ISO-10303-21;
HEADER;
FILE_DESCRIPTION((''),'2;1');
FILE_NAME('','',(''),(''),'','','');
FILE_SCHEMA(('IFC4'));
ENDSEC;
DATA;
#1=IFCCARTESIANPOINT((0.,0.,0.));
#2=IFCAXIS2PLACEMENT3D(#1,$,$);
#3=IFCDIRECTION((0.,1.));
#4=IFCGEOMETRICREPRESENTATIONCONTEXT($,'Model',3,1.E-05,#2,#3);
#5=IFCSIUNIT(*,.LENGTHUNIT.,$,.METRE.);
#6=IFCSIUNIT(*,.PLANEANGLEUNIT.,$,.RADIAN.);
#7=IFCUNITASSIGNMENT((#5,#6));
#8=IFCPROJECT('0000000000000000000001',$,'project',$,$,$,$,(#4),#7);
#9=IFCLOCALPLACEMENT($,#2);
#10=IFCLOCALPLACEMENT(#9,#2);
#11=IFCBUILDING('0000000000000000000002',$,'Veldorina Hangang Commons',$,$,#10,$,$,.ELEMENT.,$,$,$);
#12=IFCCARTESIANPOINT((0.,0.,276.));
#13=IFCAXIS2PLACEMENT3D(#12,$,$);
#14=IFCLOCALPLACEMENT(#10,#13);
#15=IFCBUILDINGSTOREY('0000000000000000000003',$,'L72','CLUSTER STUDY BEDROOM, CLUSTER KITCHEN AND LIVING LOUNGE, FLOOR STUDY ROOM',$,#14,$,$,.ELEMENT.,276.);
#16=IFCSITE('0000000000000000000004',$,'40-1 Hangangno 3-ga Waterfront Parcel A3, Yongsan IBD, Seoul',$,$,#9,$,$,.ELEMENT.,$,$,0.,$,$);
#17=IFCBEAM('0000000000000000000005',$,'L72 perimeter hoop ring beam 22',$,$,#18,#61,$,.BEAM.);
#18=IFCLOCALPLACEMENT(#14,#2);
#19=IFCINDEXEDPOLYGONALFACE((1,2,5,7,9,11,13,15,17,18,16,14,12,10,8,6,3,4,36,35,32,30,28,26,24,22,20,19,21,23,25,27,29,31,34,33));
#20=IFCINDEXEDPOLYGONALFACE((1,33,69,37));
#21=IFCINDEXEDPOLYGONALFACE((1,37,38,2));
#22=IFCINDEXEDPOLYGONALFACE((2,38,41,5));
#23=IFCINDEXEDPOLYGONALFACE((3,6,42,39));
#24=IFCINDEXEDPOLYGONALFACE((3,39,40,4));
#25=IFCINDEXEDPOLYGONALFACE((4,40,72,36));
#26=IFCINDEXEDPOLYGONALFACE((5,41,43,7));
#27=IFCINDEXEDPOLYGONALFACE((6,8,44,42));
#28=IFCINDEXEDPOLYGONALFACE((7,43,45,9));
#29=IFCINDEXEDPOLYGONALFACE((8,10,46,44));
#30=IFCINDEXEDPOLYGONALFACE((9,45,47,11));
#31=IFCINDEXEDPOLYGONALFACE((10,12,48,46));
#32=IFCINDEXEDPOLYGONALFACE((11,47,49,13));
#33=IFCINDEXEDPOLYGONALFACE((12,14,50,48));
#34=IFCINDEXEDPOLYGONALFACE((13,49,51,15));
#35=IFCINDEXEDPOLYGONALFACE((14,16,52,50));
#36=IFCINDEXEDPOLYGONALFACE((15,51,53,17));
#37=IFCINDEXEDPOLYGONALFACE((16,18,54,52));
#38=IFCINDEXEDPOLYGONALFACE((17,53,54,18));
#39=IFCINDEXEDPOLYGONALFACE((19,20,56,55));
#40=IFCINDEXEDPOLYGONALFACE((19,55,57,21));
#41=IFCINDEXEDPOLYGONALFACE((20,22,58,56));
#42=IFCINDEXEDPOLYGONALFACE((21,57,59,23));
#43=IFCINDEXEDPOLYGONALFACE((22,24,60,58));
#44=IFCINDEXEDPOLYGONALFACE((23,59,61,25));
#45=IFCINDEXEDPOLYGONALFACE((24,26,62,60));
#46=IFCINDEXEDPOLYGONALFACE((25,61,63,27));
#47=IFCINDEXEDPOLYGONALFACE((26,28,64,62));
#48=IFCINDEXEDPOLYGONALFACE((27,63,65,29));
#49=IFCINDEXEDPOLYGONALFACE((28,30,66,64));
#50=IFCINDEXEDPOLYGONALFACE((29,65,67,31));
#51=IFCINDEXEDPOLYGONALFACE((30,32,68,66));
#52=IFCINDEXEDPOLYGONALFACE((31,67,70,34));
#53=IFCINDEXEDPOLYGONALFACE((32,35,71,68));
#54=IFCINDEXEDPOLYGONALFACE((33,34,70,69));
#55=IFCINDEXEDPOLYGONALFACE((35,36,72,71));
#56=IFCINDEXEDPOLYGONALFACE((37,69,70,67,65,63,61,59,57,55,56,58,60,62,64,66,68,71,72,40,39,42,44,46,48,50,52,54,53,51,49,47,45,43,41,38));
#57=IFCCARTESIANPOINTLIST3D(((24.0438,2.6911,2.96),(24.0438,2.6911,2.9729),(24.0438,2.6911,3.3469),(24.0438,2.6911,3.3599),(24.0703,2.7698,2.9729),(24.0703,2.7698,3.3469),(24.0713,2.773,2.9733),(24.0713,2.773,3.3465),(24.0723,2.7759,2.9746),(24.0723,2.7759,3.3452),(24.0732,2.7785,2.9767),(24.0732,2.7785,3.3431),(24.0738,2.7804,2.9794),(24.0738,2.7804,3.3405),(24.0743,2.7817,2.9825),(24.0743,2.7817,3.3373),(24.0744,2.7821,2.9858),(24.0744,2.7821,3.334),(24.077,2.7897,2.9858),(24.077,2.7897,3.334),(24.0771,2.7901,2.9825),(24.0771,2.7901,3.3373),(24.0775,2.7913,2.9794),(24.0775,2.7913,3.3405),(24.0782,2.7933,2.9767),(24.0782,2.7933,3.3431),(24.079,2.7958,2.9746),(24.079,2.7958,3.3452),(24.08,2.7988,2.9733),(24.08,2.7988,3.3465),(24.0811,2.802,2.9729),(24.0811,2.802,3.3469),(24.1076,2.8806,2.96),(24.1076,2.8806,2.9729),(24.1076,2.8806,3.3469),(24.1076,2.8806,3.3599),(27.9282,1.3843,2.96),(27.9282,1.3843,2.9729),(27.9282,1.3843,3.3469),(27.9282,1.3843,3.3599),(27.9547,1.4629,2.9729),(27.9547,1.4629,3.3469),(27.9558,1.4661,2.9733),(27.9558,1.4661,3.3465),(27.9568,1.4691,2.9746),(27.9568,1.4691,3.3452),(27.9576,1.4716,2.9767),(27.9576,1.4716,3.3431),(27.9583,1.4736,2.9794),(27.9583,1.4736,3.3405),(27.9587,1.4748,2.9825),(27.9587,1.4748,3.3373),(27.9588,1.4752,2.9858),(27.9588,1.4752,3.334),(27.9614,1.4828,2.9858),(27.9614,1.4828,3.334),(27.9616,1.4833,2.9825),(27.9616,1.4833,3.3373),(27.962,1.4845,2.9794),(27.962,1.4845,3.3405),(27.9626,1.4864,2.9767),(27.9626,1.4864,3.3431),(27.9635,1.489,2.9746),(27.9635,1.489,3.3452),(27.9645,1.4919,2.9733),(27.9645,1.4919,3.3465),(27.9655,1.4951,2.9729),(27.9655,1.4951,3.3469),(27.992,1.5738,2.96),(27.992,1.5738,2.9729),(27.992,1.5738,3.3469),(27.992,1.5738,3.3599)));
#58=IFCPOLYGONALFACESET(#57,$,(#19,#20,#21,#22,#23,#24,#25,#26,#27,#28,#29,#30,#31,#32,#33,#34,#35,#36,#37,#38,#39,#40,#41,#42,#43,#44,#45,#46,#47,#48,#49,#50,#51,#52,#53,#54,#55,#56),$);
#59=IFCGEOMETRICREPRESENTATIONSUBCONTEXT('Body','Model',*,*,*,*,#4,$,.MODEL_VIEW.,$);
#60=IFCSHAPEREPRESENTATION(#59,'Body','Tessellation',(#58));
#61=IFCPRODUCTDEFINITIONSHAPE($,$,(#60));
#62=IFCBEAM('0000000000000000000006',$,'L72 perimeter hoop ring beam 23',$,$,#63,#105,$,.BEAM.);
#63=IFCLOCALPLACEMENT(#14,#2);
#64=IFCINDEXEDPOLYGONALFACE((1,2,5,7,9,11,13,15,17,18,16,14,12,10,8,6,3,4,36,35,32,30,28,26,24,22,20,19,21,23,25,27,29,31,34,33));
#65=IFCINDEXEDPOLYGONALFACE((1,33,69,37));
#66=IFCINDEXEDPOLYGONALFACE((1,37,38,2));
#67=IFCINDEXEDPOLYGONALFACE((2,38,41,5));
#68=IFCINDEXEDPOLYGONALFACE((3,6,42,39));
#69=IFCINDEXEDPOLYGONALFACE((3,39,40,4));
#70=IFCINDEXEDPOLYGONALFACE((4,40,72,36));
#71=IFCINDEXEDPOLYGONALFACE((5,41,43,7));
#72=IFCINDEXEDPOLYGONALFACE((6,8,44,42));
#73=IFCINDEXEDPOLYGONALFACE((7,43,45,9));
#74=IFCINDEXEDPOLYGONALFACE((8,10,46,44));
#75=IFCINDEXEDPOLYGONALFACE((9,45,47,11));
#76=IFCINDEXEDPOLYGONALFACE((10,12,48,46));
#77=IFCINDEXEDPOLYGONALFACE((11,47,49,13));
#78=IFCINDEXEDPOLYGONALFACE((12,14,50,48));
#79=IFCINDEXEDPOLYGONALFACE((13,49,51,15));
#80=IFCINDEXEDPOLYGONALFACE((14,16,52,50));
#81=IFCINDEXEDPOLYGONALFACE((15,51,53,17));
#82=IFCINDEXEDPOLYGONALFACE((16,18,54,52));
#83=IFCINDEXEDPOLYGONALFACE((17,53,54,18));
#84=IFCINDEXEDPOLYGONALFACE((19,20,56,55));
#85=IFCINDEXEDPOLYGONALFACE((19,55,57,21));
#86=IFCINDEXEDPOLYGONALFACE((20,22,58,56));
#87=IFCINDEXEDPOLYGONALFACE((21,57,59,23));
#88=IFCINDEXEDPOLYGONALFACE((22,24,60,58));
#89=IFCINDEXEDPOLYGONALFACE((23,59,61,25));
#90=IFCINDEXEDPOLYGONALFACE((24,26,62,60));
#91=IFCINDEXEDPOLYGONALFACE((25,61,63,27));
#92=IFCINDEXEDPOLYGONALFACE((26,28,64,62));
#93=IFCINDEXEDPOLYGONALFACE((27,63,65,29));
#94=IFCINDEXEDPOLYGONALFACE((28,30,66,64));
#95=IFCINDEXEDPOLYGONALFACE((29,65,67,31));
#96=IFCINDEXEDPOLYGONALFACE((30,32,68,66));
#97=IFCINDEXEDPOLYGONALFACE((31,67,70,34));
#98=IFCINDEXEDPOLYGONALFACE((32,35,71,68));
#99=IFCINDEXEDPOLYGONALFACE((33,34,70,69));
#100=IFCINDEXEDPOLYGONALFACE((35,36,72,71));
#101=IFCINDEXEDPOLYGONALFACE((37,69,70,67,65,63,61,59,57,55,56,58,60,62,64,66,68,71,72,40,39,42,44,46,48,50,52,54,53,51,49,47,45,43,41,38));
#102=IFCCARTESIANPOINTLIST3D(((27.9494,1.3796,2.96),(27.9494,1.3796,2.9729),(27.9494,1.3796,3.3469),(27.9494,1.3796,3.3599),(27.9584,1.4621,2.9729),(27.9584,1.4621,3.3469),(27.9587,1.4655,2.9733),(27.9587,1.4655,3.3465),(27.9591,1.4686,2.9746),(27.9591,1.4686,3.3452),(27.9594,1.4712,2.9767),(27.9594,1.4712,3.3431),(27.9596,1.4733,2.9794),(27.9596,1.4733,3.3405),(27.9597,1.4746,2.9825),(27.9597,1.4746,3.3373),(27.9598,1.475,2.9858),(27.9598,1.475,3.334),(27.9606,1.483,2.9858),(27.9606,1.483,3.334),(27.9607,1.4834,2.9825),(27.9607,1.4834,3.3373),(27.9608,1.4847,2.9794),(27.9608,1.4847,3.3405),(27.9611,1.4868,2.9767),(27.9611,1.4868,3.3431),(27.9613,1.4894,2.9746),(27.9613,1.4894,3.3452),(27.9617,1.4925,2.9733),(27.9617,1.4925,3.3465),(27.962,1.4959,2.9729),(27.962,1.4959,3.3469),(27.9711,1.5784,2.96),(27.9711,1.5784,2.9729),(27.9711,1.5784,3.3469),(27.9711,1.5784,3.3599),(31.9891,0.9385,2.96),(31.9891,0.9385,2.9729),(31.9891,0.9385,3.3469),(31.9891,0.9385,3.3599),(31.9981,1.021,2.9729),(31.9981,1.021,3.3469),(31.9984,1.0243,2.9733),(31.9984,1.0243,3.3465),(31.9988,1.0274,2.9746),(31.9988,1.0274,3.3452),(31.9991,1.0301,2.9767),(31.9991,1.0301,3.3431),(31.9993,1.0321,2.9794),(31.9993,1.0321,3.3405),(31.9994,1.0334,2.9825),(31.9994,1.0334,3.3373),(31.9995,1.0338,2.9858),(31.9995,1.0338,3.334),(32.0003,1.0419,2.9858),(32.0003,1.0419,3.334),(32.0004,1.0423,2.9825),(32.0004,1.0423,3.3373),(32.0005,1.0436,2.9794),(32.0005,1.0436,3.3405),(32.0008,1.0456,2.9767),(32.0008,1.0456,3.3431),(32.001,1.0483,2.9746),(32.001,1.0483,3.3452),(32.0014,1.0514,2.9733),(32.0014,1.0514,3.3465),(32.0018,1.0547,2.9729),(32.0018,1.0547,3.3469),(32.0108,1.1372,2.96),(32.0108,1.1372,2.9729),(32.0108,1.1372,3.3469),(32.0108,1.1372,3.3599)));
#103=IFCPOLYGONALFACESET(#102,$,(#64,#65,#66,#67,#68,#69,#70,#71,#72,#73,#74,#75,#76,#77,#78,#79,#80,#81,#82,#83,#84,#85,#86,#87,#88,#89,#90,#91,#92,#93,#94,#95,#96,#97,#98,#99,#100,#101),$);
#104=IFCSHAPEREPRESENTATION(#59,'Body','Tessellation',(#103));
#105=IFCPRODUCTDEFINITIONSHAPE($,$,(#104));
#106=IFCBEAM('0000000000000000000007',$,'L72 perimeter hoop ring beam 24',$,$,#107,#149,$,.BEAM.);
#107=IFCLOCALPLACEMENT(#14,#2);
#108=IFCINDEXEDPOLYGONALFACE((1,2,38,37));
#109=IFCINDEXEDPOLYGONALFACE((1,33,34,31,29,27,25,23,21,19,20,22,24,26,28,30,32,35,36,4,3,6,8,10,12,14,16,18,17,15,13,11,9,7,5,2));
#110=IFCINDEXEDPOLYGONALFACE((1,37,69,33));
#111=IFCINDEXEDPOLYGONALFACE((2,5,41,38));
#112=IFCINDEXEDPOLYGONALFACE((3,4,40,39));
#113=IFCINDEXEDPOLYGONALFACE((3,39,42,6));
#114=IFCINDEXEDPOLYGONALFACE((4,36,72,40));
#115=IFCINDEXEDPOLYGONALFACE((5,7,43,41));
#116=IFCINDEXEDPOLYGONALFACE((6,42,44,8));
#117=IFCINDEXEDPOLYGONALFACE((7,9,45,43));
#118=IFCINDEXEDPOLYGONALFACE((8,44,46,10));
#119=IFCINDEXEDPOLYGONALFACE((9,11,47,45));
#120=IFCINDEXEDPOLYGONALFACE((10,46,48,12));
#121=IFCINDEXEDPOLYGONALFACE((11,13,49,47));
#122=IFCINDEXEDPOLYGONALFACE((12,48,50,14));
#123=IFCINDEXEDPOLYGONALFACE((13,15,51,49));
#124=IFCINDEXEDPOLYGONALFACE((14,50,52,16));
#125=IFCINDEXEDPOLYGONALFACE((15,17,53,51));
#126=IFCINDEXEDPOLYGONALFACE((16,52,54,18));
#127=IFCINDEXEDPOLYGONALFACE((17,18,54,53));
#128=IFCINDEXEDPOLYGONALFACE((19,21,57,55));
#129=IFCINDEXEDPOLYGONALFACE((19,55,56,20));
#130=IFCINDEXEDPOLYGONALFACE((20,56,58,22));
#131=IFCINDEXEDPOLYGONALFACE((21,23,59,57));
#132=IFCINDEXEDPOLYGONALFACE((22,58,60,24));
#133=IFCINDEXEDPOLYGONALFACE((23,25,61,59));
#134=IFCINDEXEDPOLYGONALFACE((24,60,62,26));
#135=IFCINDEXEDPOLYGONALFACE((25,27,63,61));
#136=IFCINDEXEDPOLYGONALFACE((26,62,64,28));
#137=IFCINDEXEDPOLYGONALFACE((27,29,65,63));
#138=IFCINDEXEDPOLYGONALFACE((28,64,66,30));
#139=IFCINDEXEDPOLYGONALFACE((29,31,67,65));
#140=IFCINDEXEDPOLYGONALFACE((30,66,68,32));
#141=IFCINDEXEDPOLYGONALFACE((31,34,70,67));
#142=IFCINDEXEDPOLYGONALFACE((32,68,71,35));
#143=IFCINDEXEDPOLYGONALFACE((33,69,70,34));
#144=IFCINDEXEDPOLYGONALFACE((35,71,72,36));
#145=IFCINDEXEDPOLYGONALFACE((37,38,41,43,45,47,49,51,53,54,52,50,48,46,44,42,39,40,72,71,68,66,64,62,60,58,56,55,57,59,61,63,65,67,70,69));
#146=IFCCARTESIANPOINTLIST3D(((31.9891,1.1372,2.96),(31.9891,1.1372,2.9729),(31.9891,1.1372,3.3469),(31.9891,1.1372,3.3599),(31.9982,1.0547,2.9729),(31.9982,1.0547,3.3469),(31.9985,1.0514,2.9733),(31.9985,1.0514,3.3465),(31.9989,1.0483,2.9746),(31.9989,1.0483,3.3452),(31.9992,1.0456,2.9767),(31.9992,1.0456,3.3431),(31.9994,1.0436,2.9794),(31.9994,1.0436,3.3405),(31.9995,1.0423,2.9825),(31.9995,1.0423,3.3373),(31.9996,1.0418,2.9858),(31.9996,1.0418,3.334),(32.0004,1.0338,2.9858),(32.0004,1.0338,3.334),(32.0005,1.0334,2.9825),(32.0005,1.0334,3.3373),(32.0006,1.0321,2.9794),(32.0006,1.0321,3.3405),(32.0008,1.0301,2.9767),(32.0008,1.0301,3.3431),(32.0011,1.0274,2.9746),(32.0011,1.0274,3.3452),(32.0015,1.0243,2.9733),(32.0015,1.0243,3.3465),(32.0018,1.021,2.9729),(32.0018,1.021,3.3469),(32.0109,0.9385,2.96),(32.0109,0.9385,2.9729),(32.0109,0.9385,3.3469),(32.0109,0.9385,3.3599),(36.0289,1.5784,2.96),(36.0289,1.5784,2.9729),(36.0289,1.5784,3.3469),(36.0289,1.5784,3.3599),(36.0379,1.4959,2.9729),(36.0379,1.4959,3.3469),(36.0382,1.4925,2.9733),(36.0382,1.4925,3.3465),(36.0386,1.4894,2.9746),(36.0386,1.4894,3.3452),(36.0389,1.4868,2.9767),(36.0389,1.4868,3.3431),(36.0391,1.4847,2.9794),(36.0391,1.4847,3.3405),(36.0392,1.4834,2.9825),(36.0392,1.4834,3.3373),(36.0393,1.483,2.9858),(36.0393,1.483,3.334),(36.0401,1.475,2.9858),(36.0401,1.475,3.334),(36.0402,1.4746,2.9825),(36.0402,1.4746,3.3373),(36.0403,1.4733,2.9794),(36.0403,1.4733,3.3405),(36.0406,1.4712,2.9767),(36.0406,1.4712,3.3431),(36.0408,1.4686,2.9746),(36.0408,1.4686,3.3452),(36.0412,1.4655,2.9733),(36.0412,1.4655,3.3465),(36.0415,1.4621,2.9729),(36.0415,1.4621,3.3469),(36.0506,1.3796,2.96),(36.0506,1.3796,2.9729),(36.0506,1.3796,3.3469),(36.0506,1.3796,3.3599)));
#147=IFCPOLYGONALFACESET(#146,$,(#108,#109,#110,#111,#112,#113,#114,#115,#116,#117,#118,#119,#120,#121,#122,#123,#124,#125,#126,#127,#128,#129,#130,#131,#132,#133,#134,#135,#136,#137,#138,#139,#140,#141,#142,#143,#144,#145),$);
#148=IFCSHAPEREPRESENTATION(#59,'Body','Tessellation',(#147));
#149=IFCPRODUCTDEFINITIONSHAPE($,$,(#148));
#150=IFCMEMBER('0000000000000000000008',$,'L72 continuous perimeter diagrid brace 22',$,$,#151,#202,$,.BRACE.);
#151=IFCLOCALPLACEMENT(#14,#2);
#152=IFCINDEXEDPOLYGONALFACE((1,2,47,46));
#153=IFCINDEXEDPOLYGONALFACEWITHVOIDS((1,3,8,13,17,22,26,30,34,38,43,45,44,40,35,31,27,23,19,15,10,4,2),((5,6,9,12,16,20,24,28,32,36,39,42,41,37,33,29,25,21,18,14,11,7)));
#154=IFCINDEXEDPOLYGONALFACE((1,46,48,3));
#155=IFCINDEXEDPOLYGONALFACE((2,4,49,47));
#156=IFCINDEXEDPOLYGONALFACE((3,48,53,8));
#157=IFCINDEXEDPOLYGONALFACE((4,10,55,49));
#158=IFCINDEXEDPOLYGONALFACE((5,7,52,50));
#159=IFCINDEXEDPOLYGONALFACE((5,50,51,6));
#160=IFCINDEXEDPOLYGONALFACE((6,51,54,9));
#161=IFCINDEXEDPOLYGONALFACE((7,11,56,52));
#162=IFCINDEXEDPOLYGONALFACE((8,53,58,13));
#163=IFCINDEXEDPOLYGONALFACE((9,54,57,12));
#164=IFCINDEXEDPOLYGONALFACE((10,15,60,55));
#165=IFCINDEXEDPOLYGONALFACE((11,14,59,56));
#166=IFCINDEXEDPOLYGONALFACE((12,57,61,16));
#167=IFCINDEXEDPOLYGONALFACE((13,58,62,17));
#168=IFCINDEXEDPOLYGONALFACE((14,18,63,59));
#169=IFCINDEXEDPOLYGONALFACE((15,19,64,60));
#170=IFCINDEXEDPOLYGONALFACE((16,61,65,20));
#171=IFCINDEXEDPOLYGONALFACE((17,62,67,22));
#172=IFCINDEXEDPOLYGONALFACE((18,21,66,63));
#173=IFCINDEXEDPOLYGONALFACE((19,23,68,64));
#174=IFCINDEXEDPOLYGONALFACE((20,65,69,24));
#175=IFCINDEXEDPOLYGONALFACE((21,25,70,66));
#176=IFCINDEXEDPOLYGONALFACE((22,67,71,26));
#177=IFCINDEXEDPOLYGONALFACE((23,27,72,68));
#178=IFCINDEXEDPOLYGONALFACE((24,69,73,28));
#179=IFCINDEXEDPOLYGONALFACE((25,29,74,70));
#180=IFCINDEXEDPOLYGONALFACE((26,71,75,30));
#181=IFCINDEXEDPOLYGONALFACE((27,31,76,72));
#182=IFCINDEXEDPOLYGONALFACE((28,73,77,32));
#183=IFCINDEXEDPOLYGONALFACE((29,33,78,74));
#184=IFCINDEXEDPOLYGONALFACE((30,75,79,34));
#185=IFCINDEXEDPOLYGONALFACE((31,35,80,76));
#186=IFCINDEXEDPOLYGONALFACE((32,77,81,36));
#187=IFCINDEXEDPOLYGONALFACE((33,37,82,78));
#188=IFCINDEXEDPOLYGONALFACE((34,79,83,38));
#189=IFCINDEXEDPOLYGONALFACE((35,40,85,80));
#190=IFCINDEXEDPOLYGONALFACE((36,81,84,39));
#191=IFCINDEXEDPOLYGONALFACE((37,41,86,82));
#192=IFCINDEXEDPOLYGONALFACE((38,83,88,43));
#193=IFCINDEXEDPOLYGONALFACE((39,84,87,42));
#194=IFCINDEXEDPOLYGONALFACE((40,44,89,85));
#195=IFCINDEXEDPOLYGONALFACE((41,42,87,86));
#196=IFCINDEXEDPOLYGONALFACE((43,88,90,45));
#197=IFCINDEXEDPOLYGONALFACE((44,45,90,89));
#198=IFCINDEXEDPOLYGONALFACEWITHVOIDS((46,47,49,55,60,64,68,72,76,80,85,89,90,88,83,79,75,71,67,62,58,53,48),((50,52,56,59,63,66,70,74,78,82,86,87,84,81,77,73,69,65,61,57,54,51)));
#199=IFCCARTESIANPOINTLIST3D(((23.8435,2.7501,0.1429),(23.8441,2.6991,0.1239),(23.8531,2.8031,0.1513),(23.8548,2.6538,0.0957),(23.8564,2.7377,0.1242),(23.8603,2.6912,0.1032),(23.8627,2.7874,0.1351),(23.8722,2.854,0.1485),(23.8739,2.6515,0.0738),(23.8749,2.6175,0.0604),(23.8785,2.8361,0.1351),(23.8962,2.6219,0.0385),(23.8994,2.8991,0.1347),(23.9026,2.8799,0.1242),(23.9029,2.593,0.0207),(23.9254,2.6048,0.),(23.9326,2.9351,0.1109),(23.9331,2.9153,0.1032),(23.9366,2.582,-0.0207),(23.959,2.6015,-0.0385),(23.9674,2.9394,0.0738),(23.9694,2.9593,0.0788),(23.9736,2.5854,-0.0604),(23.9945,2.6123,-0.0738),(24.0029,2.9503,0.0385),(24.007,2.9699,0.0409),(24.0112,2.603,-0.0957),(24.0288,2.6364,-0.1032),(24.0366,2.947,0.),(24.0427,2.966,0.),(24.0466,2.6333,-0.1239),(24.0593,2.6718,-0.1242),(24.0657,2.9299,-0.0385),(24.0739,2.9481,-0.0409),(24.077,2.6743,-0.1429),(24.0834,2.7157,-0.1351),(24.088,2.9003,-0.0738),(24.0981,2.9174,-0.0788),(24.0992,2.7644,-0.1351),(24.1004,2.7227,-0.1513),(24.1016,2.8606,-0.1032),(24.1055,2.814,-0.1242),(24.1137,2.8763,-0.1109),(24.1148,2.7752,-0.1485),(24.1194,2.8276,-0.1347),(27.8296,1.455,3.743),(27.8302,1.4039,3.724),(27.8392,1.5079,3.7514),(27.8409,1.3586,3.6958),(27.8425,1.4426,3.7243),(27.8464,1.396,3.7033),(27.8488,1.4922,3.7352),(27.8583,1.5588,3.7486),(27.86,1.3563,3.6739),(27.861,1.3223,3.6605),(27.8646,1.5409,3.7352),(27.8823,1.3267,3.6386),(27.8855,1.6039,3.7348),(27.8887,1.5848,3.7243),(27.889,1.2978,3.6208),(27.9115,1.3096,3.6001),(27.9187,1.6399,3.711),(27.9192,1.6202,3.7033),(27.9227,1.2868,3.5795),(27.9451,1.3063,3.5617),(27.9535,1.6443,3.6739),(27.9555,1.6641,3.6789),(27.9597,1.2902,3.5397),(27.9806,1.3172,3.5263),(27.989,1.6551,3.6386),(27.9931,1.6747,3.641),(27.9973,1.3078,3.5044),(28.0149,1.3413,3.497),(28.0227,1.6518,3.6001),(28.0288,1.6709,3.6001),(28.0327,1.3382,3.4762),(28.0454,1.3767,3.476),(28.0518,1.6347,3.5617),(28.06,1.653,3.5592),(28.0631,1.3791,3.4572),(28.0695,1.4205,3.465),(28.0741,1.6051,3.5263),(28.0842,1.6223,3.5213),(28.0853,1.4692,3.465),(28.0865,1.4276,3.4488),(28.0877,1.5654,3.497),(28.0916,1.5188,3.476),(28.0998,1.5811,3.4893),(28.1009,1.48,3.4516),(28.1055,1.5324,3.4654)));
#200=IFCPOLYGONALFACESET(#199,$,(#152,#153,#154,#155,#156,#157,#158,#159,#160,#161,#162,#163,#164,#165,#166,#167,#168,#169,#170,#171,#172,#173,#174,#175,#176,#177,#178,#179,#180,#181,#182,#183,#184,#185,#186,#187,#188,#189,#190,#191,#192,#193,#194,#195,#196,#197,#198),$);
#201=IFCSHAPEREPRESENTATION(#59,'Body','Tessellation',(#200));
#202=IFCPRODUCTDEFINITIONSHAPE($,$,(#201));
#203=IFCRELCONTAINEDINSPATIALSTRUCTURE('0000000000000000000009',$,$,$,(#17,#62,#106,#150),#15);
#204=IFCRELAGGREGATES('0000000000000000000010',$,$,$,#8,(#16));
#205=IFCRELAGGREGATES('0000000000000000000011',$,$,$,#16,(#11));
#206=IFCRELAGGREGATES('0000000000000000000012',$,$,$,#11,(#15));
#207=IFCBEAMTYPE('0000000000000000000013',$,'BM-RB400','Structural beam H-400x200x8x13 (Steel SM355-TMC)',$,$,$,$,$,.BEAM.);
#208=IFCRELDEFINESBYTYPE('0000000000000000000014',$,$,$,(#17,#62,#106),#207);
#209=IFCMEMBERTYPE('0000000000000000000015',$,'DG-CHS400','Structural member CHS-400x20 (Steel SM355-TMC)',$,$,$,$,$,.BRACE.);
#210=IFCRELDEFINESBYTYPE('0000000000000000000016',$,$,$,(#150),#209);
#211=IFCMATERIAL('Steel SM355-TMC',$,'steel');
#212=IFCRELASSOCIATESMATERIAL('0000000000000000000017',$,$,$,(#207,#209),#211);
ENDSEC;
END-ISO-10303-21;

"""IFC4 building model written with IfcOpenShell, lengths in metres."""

from ifc_helpers import new_model, si_unit, direction, frame, origin, origin_2d, place, context, subcontext, project, spatial, hollow_circle, i_section, extrude, material, material_profile, profile_set, type_object, element, save


model = new_model("IFC4")

# Units and contexts
model_context = context("Model", 3, precision=1e-05, world=origin(), true_north=direction((0.0, 1.0)))
body_context = subcontext(model_context, "Body", "Model", "MODEL_VIEW")
ifc_project = project(units=[si_unit("LENGTHUNIT", "METRE"), si_unit("PLANEANGLEUNIT", "RADIAN")], contexts=[model_context])

# Site, building, storey
site_placement = place(None, origin())
site = spatial("IfcSite", under=ifc_project, at=site_placement, Name="40-1 Hangangno 3-ga Waterfront Parcel A3, Yongsan IBD, Seoul", CompositionType="ELEMENT", RefElevation=0.0)
building_placement = place(site_placement, origin())
building = spatial("IfcBuilding", under=site, at=building_placement, Name="Veldorina Hangang Commons", CompositionType="ELEMENT")
storey_placement = place(building_placement, frame((0.0, 0.0, 276.0)))
storey = spatial("IfcBuildingStorey", under=building, at=storey_placement, Name="L72", Description="CLUSTER STUDY BEDROOM, CLUSTER KITCHEN AND LIVING LOUNGE, FLOOR STUDY ROOM", CompositionType="ELEMENT", Elevation=276.0)

# Beams
ifc_material_1 = material(Name="Steel SM355-TMC", Category="steel")
ifc_material_profile_1 = material_profile(ifc_material_1, i_section(OverallWidth=0.2, OverallDepth=0.3999, WebThickness=0.0081, FlangeThickness=0.0129, FilletRadius=0.0129, at=origin_2d()), Name="H-400x200x8x13")
ifc_profile_set_1 = profile_set([ifc_material_profile_1], Name="Steel SM355-TMC")
beam_type = type_object("IfcBeamType", Name="BM-RB400", Description="Structural beam H-400x200x8x13 (Steel SM355-TMC)", PredefinedType="BEAM", material=ifc_profile_set_1)
beam_placement = place(storey_placement, frame((24.0757, 2.7859, 3.1599), z_axis=(0.947798, -0.318871, 0.0), x_axis=(0.318871, 0.947798, 0.0)))
element("IfcBeam", 1, at=beam_placement, inside=storey, type_object=beam_type, Name="L72 perimeter hoop ring beam 22", PredefinedType="BEAM", context=body_context, shape_type="SweptSolid", body=[
    extrude(i_section(OverallWidth=0.2, OverallDepth=0.3999, WebThickness=0.0081, FlangeThickness=0.0129, FilletRadius=0.0129, at=origin_2d()), origin(), (0.0, 0.0, 1.0), 4.0984),
])
for number, where, z_axis, x_axis, name in (
    (2, (27.9602, 1.479, 3.1599), (0.99409, -0.108559, 0.0), (0.108559, 0.99409, 0.0), "L72 perimeter hoop ring beam 23"),
    (3, (32.0, 1.0378, 3.1599), (0.99409, 0.108559, 0.0), (-0.108559, 0.99409, 0.0), "L72 perimeter hoop ring beam 24"),
):
    element("IfcBeam", number, at=place(storey_placement, frame(where, z_axis=z_axis, x_axis=x_axis)), inside=storey, type_object=beam_type, Name=name, PredefinedType="BEAM", context=body_context, shape_type="SweptSolid", body=[
        extrude(i_section(OverallWidth=0.2, OverallDepth=0.3999, WebThickness=0.0081, FlangeThickness=0.0129, FilletRadius=0.0129, at=origin_2d()), origin(), (0.0, 0.0, 1.0), 4.0637),
    ])

# Member
ifc_material_profile_2 = material_profile(ifc_material_1, hollow_circle(Radius=0.2, WallThickness=0.02, at=origin_2d()), Name="CHS-400x20")
ifc_profile_set_2 = profile_set([ifc_material_profile_2], Name="Steel SM355-TMC")
member_type_1 = type_object("IfcMemberType", Name="DG-CHS400", Description="Structural member CHS-400x20 (Steel SM355-TMC)", PredefinedType="BRACE", material=ifc_profile_set_2)
member_1_placement = place(storey_placement, frame((23.981, 2.7759, 0.0), z_axis=(0.721447, -0.234414, 0.651586), x_axis=(0.309019, 0.951056, 0.0)))
element("IfcMember", 4, at=member_1_placement, inside=storey, type_object=member_type_1, Name="L72 continuous perimeter diagrid brace 22", PredefinedType="BRACE", context=body_context, shape_type="SweptSolid", body=[
    extrude(hollow_circle(Radius=0.2, WallThickness=0.02, at=origin_2d()), origin(), (0.0, 0.0, 1.0), 5.5251),
])

save(model, "model.ifc")
